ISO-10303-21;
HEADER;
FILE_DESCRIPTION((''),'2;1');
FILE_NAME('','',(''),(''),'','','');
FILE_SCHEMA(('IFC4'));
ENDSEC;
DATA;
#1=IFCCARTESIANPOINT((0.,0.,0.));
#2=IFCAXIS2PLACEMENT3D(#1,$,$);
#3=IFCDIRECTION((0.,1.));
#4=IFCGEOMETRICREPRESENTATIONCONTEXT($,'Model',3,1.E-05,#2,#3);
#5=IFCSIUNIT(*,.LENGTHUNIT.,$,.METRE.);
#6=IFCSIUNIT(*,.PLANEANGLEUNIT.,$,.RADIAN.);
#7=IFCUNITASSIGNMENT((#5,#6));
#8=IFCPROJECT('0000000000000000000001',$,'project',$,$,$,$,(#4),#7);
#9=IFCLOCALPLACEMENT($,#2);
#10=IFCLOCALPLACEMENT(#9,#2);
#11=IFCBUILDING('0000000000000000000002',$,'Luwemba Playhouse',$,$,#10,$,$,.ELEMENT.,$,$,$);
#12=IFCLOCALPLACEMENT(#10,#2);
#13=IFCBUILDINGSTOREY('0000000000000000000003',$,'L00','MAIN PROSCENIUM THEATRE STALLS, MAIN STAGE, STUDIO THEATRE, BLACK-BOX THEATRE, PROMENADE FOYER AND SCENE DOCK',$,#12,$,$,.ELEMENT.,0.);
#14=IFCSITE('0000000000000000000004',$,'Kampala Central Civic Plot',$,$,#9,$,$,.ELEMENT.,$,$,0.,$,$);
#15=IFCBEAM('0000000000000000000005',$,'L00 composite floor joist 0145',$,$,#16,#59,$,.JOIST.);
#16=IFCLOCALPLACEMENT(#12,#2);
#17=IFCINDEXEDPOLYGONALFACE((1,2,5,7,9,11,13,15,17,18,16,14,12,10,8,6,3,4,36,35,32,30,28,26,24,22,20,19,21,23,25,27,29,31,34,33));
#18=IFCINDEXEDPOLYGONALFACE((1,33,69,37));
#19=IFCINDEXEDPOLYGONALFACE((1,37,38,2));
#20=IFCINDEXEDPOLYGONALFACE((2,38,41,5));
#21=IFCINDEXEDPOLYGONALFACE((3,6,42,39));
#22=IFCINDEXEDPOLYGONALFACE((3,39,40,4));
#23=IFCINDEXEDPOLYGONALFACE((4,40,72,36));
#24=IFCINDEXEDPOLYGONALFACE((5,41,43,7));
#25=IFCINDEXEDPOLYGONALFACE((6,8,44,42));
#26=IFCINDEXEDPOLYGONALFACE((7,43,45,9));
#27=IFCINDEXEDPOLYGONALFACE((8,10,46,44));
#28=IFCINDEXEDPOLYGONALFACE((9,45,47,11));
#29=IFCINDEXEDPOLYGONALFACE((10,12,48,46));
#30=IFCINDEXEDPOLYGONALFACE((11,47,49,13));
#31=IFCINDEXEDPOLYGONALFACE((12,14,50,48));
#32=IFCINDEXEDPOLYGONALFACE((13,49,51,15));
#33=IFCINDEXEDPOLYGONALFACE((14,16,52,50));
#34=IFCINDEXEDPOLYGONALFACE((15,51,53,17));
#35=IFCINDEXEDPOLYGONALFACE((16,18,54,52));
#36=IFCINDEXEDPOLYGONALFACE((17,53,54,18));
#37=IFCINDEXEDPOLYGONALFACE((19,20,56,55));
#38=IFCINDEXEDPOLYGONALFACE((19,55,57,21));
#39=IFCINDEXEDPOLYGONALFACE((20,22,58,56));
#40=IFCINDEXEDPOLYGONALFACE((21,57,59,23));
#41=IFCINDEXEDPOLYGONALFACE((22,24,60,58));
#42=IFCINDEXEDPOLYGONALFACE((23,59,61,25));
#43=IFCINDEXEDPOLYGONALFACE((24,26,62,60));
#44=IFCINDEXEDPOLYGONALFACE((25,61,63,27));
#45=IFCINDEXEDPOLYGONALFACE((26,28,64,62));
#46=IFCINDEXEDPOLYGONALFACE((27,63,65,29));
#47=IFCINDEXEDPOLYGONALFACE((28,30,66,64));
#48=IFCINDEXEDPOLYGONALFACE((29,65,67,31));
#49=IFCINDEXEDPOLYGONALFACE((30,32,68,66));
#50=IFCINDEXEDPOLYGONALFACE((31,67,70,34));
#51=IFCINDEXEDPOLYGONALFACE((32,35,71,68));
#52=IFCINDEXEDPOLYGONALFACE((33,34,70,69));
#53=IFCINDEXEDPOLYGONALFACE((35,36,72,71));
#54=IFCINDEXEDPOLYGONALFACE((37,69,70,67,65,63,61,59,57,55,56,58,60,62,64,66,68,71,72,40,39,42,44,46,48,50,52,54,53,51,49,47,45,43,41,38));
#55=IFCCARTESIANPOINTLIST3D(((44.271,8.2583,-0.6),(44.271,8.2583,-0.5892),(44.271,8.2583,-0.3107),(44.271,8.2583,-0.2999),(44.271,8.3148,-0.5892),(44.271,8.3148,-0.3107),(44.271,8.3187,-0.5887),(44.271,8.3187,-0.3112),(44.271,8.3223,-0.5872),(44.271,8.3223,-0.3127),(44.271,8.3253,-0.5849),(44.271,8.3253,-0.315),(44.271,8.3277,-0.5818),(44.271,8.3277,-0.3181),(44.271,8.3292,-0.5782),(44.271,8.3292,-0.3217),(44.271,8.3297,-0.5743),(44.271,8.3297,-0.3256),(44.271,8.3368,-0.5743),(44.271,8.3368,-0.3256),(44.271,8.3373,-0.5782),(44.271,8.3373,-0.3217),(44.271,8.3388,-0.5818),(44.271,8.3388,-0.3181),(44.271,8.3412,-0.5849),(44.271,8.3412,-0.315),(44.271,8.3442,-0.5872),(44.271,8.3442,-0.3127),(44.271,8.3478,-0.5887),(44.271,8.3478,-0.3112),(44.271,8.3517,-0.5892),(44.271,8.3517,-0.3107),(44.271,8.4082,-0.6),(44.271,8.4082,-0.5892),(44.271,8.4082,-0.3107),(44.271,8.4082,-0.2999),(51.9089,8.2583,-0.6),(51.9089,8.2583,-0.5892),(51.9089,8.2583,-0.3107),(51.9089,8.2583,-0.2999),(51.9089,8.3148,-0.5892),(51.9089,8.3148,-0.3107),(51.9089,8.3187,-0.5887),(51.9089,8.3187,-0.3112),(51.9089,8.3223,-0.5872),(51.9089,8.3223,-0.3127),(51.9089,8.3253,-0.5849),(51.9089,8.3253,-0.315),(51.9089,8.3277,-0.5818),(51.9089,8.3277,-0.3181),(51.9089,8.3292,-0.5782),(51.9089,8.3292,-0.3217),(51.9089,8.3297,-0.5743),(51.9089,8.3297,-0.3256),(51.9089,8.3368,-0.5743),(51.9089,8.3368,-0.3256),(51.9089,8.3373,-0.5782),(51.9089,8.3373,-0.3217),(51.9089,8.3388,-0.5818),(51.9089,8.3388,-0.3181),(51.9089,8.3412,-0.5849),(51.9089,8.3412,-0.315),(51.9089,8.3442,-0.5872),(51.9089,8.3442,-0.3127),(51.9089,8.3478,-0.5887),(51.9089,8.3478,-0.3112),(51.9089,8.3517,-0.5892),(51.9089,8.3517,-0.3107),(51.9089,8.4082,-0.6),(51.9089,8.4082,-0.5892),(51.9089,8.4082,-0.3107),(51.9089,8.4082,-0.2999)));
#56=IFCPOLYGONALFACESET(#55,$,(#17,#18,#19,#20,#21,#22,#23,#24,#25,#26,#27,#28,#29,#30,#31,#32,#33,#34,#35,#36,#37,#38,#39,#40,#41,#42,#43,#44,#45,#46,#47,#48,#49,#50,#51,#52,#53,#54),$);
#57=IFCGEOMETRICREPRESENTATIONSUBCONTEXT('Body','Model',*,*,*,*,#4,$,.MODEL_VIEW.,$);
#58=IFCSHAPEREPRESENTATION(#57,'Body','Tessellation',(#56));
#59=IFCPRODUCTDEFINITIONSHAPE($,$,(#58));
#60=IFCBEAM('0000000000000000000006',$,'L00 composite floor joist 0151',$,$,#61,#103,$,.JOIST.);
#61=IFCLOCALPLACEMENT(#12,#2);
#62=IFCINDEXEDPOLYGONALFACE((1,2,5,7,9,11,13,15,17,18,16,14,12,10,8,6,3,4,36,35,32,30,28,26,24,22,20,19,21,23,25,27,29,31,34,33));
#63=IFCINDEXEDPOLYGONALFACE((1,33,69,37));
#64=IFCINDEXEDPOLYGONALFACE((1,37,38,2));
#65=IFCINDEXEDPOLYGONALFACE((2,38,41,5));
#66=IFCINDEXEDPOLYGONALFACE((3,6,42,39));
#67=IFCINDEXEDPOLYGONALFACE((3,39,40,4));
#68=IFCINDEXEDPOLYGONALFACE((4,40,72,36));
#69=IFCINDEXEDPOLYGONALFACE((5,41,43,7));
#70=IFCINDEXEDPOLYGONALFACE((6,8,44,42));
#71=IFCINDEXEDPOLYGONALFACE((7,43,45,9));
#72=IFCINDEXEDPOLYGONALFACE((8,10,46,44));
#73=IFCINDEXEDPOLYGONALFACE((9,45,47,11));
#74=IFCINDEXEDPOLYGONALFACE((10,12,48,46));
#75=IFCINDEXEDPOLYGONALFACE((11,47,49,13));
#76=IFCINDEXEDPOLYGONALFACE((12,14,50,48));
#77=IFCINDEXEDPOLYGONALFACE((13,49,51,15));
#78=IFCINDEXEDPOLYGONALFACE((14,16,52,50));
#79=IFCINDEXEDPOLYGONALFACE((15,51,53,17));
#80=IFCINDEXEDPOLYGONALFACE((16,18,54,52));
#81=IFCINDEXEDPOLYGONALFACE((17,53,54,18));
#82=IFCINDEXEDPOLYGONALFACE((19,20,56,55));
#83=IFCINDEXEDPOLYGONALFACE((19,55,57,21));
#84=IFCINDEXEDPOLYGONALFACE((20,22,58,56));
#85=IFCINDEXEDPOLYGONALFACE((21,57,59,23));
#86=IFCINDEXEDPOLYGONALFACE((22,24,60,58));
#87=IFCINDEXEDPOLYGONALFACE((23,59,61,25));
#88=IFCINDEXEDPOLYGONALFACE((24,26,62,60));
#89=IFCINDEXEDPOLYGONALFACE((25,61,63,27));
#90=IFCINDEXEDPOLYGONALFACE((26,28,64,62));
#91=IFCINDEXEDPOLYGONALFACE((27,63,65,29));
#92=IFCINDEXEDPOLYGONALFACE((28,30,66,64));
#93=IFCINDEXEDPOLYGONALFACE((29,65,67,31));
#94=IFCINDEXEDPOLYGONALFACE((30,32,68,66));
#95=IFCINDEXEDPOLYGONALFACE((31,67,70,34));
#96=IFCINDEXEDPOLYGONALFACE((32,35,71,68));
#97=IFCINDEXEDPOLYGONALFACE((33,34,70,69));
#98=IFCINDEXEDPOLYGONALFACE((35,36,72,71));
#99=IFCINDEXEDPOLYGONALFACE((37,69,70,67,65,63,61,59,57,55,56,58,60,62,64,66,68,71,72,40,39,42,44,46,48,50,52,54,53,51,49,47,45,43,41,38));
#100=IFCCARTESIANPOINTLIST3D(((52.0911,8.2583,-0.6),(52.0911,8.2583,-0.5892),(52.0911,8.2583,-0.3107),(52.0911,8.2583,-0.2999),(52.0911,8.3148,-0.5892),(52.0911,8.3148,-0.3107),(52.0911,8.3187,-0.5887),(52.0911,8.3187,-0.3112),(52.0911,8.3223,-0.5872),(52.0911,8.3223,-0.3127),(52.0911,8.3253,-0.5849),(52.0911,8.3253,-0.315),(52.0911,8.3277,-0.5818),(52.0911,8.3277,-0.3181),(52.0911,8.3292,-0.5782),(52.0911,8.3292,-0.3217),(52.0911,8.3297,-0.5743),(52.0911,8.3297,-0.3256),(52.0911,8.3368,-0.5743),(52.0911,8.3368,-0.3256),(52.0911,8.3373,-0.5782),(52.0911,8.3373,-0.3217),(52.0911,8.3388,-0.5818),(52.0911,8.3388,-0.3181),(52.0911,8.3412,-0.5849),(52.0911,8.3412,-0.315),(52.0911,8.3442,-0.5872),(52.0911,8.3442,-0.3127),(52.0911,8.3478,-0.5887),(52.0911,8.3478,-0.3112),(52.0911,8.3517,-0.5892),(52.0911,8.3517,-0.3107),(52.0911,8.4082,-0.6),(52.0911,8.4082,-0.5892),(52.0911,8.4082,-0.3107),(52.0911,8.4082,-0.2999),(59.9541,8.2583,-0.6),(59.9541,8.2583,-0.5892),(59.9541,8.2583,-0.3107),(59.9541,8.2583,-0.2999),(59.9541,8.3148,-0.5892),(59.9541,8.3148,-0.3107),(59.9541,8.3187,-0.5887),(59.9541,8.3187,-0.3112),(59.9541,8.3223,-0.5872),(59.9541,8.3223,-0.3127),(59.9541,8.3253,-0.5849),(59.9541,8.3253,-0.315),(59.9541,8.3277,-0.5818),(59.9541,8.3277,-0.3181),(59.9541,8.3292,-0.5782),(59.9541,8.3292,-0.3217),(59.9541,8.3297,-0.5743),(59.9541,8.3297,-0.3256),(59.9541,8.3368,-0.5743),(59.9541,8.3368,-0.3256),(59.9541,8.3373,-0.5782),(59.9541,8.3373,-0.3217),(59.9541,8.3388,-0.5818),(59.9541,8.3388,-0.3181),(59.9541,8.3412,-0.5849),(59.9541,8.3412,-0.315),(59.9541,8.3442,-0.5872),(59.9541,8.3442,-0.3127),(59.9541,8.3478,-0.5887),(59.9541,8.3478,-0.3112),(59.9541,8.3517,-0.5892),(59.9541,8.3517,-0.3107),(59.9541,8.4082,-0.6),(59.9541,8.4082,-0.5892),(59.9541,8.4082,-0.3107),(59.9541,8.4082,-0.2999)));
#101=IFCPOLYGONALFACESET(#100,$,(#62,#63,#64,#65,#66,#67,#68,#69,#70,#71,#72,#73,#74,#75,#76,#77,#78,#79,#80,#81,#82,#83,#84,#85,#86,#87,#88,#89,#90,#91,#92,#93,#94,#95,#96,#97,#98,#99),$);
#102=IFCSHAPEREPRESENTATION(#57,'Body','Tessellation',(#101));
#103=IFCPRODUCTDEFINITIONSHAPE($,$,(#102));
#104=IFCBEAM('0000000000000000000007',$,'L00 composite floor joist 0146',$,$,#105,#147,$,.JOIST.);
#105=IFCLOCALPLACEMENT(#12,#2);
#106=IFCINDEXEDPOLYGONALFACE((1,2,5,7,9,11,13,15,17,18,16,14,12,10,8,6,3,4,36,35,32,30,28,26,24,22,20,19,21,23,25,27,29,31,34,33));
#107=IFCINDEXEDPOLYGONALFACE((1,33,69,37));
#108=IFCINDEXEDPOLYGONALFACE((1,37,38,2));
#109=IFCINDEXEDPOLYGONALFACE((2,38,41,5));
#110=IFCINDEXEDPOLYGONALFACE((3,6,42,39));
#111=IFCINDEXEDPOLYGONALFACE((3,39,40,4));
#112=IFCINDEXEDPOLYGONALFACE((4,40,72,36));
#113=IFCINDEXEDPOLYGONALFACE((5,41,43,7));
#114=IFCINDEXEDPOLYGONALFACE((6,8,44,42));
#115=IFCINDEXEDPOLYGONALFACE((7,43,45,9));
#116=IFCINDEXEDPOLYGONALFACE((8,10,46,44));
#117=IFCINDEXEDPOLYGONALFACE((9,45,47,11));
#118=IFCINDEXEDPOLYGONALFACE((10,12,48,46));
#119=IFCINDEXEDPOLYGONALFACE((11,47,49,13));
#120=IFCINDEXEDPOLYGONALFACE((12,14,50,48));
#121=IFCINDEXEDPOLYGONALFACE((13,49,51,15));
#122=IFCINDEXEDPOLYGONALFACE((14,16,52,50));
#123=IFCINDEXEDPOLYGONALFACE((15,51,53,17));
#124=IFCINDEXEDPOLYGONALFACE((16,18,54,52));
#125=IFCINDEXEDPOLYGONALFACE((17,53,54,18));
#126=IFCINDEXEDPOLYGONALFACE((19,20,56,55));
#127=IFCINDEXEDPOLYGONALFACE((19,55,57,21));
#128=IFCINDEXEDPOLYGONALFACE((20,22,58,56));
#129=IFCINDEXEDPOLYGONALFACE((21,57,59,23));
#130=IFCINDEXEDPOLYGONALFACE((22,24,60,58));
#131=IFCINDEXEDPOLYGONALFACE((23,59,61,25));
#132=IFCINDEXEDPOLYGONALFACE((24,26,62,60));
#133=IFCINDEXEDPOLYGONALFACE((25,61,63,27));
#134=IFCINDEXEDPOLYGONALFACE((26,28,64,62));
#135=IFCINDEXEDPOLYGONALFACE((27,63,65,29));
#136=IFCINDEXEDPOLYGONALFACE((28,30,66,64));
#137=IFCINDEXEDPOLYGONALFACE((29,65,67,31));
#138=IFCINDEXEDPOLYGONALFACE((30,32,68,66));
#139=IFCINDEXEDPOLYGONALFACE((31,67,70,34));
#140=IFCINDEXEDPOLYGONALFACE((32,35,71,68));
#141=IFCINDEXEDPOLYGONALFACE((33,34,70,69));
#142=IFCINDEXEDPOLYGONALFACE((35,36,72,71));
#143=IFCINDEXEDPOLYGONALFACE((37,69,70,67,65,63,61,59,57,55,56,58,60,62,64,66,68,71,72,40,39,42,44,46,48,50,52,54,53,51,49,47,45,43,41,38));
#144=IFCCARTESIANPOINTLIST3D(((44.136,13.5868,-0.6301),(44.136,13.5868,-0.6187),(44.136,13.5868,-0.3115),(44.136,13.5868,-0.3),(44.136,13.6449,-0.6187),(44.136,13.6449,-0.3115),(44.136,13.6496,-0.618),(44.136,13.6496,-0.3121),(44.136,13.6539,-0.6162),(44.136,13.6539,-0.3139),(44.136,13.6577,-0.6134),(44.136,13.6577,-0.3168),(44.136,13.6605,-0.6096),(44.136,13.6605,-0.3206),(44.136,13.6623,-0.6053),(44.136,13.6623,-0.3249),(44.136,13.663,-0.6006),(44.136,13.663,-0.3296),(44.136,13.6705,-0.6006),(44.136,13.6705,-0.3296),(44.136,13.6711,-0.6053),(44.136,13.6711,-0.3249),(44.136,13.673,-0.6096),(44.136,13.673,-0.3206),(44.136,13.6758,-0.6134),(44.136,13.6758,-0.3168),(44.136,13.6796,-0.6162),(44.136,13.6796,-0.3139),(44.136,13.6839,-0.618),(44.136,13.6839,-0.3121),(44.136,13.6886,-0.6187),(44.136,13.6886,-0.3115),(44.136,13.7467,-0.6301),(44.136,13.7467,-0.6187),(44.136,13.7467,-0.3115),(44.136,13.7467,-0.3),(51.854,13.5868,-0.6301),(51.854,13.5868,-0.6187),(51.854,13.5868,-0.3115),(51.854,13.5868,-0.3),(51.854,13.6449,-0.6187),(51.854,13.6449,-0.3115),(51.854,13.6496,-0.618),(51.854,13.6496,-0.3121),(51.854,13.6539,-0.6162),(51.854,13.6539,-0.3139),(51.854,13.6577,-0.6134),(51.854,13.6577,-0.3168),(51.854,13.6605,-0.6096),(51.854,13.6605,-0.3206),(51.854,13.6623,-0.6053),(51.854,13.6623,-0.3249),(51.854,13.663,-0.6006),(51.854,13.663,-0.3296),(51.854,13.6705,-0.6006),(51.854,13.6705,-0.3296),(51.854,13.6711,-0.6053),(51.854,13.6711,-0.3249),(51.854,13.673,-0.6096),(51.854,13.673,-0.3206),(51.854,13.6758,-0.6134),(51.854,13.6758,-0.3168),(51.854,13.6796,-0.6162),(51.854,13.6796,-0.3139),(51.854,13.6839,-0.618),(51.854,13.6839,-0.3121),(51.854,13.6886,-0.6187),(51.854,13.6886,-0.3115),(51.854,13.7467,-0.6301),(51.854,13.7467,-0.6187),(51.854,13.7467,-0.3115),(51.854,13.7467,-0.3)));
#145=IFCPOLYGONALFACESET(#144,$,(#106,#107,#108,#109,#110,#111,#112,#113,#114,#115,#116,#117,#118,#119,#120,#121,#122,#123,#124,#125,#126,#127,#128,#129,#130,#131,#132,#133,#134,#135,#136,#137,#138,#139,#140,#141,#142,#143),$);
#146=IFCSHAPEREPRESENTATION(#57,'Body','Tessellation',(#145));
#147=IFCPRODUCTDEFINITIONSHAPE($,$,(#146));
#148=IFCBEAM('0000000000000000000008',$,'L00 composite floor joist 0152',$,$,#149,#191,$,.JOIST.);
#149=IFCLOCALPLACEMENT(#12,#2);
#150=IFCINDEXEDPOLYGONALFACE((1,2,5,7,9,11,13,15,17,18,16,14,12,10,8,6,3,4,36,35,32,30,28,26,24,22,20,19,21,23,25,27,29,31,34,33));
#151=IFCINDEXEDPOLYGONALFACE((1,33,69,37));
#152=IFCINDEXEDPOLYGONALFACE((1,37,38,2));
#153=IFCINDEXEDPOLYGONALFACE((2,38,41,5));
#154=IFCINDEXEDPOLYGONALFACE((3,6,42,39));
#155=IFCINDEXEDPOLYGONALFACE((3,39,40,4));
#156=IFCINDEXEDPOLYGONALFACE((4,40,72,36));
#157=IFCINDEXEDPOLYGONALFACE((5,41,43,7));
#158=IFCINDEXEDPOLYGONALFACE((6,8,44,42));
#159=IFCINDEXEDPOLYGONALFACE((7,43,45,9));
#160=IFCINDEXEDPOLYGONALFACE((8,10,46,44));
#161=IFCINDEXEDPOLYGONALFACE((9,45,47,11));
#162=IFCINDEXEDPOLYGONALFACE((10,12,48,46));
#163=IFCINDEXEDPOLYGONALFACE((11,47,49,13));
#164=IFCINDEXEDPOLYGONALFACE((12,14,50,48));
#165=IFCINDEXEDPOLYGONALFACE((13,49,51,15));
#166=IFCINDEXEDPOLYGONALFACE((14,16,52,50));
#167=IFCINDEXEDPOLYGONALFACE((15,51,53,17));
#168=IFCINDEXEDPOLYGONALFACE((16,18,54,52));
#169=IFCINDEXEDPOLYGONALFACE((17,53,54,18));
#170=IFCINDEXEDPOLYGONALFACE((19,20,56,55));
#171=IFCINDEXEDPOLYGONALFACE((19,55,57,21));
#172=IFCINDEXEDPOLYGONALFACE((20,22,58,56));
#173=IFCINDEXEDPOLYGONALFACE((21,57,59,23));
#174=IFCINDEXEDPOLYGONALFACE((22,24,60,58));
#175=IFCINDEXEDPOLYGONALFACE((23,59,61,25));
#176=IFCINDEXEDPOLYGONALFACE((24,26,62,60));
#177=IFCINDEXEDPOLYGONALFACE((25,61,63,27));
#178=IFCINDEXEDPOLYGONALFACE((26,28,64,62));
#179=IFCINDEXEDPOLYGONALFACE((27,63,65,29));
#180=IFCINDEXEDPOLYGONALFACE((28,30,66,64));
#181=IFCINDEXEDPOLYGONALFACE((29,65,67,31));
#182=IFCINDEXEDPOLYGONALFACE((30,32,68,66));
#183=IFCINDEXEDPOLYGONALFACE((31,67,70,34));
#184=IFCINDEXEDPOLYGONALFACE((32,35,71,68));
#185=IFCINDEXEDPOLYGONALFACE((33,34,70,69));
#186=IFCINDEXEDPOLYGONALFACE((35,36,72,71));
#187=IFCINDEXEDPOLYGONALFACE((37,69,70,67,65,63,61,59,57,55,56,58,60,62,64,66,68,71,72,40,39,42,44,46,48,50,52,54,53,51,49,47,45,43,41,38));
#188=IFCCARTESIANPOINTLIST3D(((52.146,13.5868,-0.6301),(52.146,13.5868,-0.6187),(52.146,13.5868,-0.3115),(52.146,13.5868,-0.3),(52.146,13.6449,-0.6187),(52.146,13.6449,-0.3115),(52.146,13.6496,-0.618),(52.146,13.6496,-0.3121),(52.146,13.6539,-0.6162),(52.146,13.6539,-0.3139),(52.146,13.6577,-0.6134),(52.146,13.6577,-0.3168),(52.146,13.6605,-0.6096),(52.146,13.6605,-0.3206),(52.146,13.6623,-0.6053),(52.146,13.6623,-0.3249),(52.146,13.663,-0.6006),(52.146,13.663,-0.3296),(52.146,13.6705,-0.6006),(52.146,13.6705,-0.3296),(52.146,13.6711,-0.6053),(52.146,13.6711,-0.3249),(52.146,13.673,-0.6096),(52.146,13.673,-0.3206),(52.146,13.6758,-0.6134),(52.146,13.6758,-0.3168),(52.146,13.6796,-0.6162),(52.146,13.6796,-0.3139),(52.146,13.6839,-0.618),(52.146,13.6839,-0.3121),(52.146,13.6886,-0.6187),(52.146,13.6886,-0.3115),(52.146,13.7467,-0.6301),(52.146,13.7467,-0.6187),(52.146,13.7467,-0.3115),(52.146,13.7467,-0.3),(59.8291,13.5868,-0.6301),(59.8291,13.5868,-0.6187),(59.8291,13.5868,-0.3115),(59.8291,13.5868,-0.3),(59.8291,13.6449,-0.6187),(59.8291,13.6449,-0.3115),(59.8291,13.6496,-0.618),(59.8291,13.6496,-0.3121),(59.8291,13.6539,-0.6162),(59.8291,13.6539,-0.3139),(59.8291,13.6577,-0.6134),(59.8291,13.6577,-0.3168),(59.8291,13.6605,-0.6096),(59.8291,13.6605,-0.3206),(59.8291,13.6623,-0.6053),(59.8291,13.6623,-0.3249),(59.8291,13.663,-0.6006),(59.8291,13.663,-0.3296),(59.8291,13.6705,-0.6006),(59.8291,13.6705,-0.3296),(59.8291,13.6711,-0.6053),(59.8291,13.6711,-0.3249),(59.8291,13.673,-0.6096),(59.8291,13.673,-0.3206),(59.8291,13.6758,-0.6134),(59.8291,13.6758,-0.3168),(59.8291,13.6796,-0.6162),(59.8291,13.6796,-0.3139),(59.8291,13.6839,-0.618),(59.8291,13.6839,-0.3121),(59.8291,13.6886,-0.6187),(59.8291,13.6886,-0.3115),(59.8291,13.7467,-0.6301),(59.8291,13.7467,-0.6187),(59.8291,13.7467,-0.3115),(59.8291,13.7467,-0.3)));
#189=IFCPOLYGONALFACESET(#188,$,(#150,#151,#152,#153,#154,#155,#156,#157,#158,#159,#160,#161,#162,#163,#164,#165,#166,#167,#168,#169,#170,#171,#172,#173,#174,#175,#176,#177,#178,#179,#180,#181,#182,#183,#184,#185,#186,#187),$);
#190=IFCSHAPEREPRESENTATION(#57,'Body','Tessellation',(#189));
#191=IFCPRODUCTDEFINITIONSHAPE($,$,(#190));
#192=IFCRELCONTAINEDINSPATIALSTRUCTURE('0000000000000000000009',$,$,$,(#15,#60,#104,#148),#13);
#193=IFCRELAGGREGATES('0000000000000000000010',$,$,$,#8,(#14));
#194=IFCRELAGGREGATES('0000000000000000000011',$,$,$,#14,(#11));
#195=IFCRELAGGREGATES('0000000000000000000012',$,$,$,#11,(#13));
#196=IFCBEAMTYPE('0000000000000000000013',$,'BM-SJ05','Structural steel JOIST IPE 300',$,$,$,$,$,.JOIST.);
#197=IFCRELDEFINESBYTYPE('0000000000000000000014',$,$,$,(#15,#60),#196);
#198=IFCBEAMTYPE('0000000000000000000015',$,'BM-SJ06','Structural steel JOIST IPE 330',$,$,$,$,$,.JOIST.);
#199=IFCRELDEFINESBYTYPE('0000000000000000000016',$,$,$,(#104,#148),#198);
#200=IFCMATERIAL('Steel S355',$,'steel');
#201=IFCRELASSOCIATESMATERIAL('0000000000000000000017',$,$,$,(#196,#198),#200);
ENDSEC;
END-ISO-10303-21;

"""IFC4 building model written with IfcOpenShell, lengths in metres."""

from ifc_helpers import new_model, si_unit, direction, frame, origin, origin_2d, place, context, subcontext, project, spatial, i_section, extrude, material, material_profile, profile_set, type_object, element, save


model = new_model("IFC4")

# Units and contexts
model_context = context("Model", 3, precision=1e-05, world=origin(), true_north=direction((0.0, 1.0)))
body_context = subcontext(model_context, "Body", "Model", "MODEL_VIEW")
ifc_project = project(units=[si_unit("LENGTHUNIT", "METRE"), si_unit("PLANEANGLEUNIT", "RADIAN")], contexts=[model_context])

# Site, building, storey
site_placement = place(None, origin())
site = spatial("IfcSite", under=ifc_project, at=site_placement, Name="Kampala Central Civic Plot", CompositionType="ELEMENT", RefElevation=0.0)
building_placement = place(site_placement, origin())
building = spatial("IfcBuilding", under=site, at=building_placement, Name="Luwemba Playhouse", CompositionType="ELEMENT")
storey_placement = place(building_placement, origin())
storey = spatial("IfcBuildingStorey", under=building, at=storey_placement, Name="L00", Description="MAIN PROSCENIUM THEATRE STALLS, MAIN STAGE, STUDIO THEATRE, BLACK-BOX THEATRE, PROMENADE FOYER AND SCENE DOCK", CompositionType="ELEMENT", Elevation=0.0)

# Beams
ifc_material_1 = material(Name="Steel S355", Category="steel")
ifc_material_profile_1 = material_profile(ifc_material_1, i_section(OverallWidth=0.1499, OverallDepth=0.3, WebThickness=0.0071, FlangeThickness=0.0107, FilletRadius=0.0149, at=origin_2d()))
ifc_profile_set_1 = profile_set([ifc_material_profile_1], Name="Steel S355")
beam_type_1 = type_object("IfcBeamType", Name="BM-SJ05", Description="Structural steel JOIST IPE 300", PredefinedType="JOIST", material=ifc_profile_set_1)
beam_1_placement = place(storey_placement, frame((44.271, 8.3333, -0.45), z_axis=(1.0, 0.0, 0.0), x_axis=(0.0, 1.0, 0.0)))
element("IfcBeam", 1, at=beam_1_placement, inside=storey, type_object=beam_type_1, Name="L00 composite floor joist 0145", PredefinedType="JOIST", context=body_context, shape_type="SweptSolid", body=[
    extrude(i_section(OverallWidth=0.1499, OverallDepth=0.3, WebThickness=0.0071, FlangeThickness=0.0107, FilletRadius=0.0149, at=origin_2d()), origin(), (0.0, 0.0, 1.0), 7.6379),
])
beam_2_placement = place(storey_placement, frame((52.0911, 8.3333, -0.45), z_axis=(1.0, 0.0, 0.0), x_axis=(0.0, 1.0, 0.0)))
element("IfcBeam", 2, at=beam_2_placement, inside=storey, type_object=beam_type_1, Name="L00 composite floor joist 0151", PredefinedType="JOIST", context=body_context, shape_type="SweptSolid", body=[
    extrude(i_section(OverallWidth=0.1499, OverallDepth=0.3, WebThickness=0.0071, FlangeThickness=0.0107, FilletRadius=0.0149, at=origin_2d()), origin(), (0.0, 0.0, 1.0), 7.863),
])
ifc_material_profile_2 = material_profile(ifc_material_1, i_section(OverallWidth=0.1599, OverallDepth=0.3301, WebThickness=0.0076, FlangeThickness=0.0115, FilletRadius=0.0181, at=origin_2d()))
ifc_profile_set_2 = profile_set([ifc_material_profile_2], Name="Steel S355")
beam_type_2 = type_object("IfcBeamType", Name="BM-SJ06", Description="Structural steel JOIST IPE 330", PredefinedType="JOIST", material=ifc_profile_set_2)
beam_3_placement = place(storey_placement, frame((44.136, 13.6667, -0.4651), z_axis=(1.0, 0.0, 0.0), x_axis=(0.0, 1.0, 0.0)))
element("IfcBeam", 3, at=beam_3_placement, inside=storey, type_object=beam_type_2, Name="L00 composite floor joist 0146", PredefinedType="JOIST", context=body_context, shape_type="SweptSolid", body=[
    extrude(i_section(OverallWidth=0.1599, OverallDepth=0.3301, WebThickness=0.0076, FlangeThickness=0.0115, FilletRadius=0.0181, at=origin_2d()), origin(), (0.0, 0.0, 1.0), 7.718),
])
beam_4_placement = place(storey_placement, frame((52.146, 13.6667, -0.4651), z_axis=(1.0, 0.0, 0.0), x_axis=(0.0, 1.0, 0.0)))
element("IfcBeam", 4, at=beam_4_placement, inside=storey, type_object=beam_type_2, Name="L00 composite floor joist 0152", PredefinedType="JOIST", context=body_context, shape_type="SweptSolid", body=[
    extrude(i_section(OverallWidth=0.1599, OverallDepth=0.3301, WebThickness=0.0076, FlangeThickness=0.0115, FilletRadius=0.0181, at=origin_2d()), origin(), (0.0, 0.0, 1.0), 7.6831),
])

save(model, "model.ifc")
